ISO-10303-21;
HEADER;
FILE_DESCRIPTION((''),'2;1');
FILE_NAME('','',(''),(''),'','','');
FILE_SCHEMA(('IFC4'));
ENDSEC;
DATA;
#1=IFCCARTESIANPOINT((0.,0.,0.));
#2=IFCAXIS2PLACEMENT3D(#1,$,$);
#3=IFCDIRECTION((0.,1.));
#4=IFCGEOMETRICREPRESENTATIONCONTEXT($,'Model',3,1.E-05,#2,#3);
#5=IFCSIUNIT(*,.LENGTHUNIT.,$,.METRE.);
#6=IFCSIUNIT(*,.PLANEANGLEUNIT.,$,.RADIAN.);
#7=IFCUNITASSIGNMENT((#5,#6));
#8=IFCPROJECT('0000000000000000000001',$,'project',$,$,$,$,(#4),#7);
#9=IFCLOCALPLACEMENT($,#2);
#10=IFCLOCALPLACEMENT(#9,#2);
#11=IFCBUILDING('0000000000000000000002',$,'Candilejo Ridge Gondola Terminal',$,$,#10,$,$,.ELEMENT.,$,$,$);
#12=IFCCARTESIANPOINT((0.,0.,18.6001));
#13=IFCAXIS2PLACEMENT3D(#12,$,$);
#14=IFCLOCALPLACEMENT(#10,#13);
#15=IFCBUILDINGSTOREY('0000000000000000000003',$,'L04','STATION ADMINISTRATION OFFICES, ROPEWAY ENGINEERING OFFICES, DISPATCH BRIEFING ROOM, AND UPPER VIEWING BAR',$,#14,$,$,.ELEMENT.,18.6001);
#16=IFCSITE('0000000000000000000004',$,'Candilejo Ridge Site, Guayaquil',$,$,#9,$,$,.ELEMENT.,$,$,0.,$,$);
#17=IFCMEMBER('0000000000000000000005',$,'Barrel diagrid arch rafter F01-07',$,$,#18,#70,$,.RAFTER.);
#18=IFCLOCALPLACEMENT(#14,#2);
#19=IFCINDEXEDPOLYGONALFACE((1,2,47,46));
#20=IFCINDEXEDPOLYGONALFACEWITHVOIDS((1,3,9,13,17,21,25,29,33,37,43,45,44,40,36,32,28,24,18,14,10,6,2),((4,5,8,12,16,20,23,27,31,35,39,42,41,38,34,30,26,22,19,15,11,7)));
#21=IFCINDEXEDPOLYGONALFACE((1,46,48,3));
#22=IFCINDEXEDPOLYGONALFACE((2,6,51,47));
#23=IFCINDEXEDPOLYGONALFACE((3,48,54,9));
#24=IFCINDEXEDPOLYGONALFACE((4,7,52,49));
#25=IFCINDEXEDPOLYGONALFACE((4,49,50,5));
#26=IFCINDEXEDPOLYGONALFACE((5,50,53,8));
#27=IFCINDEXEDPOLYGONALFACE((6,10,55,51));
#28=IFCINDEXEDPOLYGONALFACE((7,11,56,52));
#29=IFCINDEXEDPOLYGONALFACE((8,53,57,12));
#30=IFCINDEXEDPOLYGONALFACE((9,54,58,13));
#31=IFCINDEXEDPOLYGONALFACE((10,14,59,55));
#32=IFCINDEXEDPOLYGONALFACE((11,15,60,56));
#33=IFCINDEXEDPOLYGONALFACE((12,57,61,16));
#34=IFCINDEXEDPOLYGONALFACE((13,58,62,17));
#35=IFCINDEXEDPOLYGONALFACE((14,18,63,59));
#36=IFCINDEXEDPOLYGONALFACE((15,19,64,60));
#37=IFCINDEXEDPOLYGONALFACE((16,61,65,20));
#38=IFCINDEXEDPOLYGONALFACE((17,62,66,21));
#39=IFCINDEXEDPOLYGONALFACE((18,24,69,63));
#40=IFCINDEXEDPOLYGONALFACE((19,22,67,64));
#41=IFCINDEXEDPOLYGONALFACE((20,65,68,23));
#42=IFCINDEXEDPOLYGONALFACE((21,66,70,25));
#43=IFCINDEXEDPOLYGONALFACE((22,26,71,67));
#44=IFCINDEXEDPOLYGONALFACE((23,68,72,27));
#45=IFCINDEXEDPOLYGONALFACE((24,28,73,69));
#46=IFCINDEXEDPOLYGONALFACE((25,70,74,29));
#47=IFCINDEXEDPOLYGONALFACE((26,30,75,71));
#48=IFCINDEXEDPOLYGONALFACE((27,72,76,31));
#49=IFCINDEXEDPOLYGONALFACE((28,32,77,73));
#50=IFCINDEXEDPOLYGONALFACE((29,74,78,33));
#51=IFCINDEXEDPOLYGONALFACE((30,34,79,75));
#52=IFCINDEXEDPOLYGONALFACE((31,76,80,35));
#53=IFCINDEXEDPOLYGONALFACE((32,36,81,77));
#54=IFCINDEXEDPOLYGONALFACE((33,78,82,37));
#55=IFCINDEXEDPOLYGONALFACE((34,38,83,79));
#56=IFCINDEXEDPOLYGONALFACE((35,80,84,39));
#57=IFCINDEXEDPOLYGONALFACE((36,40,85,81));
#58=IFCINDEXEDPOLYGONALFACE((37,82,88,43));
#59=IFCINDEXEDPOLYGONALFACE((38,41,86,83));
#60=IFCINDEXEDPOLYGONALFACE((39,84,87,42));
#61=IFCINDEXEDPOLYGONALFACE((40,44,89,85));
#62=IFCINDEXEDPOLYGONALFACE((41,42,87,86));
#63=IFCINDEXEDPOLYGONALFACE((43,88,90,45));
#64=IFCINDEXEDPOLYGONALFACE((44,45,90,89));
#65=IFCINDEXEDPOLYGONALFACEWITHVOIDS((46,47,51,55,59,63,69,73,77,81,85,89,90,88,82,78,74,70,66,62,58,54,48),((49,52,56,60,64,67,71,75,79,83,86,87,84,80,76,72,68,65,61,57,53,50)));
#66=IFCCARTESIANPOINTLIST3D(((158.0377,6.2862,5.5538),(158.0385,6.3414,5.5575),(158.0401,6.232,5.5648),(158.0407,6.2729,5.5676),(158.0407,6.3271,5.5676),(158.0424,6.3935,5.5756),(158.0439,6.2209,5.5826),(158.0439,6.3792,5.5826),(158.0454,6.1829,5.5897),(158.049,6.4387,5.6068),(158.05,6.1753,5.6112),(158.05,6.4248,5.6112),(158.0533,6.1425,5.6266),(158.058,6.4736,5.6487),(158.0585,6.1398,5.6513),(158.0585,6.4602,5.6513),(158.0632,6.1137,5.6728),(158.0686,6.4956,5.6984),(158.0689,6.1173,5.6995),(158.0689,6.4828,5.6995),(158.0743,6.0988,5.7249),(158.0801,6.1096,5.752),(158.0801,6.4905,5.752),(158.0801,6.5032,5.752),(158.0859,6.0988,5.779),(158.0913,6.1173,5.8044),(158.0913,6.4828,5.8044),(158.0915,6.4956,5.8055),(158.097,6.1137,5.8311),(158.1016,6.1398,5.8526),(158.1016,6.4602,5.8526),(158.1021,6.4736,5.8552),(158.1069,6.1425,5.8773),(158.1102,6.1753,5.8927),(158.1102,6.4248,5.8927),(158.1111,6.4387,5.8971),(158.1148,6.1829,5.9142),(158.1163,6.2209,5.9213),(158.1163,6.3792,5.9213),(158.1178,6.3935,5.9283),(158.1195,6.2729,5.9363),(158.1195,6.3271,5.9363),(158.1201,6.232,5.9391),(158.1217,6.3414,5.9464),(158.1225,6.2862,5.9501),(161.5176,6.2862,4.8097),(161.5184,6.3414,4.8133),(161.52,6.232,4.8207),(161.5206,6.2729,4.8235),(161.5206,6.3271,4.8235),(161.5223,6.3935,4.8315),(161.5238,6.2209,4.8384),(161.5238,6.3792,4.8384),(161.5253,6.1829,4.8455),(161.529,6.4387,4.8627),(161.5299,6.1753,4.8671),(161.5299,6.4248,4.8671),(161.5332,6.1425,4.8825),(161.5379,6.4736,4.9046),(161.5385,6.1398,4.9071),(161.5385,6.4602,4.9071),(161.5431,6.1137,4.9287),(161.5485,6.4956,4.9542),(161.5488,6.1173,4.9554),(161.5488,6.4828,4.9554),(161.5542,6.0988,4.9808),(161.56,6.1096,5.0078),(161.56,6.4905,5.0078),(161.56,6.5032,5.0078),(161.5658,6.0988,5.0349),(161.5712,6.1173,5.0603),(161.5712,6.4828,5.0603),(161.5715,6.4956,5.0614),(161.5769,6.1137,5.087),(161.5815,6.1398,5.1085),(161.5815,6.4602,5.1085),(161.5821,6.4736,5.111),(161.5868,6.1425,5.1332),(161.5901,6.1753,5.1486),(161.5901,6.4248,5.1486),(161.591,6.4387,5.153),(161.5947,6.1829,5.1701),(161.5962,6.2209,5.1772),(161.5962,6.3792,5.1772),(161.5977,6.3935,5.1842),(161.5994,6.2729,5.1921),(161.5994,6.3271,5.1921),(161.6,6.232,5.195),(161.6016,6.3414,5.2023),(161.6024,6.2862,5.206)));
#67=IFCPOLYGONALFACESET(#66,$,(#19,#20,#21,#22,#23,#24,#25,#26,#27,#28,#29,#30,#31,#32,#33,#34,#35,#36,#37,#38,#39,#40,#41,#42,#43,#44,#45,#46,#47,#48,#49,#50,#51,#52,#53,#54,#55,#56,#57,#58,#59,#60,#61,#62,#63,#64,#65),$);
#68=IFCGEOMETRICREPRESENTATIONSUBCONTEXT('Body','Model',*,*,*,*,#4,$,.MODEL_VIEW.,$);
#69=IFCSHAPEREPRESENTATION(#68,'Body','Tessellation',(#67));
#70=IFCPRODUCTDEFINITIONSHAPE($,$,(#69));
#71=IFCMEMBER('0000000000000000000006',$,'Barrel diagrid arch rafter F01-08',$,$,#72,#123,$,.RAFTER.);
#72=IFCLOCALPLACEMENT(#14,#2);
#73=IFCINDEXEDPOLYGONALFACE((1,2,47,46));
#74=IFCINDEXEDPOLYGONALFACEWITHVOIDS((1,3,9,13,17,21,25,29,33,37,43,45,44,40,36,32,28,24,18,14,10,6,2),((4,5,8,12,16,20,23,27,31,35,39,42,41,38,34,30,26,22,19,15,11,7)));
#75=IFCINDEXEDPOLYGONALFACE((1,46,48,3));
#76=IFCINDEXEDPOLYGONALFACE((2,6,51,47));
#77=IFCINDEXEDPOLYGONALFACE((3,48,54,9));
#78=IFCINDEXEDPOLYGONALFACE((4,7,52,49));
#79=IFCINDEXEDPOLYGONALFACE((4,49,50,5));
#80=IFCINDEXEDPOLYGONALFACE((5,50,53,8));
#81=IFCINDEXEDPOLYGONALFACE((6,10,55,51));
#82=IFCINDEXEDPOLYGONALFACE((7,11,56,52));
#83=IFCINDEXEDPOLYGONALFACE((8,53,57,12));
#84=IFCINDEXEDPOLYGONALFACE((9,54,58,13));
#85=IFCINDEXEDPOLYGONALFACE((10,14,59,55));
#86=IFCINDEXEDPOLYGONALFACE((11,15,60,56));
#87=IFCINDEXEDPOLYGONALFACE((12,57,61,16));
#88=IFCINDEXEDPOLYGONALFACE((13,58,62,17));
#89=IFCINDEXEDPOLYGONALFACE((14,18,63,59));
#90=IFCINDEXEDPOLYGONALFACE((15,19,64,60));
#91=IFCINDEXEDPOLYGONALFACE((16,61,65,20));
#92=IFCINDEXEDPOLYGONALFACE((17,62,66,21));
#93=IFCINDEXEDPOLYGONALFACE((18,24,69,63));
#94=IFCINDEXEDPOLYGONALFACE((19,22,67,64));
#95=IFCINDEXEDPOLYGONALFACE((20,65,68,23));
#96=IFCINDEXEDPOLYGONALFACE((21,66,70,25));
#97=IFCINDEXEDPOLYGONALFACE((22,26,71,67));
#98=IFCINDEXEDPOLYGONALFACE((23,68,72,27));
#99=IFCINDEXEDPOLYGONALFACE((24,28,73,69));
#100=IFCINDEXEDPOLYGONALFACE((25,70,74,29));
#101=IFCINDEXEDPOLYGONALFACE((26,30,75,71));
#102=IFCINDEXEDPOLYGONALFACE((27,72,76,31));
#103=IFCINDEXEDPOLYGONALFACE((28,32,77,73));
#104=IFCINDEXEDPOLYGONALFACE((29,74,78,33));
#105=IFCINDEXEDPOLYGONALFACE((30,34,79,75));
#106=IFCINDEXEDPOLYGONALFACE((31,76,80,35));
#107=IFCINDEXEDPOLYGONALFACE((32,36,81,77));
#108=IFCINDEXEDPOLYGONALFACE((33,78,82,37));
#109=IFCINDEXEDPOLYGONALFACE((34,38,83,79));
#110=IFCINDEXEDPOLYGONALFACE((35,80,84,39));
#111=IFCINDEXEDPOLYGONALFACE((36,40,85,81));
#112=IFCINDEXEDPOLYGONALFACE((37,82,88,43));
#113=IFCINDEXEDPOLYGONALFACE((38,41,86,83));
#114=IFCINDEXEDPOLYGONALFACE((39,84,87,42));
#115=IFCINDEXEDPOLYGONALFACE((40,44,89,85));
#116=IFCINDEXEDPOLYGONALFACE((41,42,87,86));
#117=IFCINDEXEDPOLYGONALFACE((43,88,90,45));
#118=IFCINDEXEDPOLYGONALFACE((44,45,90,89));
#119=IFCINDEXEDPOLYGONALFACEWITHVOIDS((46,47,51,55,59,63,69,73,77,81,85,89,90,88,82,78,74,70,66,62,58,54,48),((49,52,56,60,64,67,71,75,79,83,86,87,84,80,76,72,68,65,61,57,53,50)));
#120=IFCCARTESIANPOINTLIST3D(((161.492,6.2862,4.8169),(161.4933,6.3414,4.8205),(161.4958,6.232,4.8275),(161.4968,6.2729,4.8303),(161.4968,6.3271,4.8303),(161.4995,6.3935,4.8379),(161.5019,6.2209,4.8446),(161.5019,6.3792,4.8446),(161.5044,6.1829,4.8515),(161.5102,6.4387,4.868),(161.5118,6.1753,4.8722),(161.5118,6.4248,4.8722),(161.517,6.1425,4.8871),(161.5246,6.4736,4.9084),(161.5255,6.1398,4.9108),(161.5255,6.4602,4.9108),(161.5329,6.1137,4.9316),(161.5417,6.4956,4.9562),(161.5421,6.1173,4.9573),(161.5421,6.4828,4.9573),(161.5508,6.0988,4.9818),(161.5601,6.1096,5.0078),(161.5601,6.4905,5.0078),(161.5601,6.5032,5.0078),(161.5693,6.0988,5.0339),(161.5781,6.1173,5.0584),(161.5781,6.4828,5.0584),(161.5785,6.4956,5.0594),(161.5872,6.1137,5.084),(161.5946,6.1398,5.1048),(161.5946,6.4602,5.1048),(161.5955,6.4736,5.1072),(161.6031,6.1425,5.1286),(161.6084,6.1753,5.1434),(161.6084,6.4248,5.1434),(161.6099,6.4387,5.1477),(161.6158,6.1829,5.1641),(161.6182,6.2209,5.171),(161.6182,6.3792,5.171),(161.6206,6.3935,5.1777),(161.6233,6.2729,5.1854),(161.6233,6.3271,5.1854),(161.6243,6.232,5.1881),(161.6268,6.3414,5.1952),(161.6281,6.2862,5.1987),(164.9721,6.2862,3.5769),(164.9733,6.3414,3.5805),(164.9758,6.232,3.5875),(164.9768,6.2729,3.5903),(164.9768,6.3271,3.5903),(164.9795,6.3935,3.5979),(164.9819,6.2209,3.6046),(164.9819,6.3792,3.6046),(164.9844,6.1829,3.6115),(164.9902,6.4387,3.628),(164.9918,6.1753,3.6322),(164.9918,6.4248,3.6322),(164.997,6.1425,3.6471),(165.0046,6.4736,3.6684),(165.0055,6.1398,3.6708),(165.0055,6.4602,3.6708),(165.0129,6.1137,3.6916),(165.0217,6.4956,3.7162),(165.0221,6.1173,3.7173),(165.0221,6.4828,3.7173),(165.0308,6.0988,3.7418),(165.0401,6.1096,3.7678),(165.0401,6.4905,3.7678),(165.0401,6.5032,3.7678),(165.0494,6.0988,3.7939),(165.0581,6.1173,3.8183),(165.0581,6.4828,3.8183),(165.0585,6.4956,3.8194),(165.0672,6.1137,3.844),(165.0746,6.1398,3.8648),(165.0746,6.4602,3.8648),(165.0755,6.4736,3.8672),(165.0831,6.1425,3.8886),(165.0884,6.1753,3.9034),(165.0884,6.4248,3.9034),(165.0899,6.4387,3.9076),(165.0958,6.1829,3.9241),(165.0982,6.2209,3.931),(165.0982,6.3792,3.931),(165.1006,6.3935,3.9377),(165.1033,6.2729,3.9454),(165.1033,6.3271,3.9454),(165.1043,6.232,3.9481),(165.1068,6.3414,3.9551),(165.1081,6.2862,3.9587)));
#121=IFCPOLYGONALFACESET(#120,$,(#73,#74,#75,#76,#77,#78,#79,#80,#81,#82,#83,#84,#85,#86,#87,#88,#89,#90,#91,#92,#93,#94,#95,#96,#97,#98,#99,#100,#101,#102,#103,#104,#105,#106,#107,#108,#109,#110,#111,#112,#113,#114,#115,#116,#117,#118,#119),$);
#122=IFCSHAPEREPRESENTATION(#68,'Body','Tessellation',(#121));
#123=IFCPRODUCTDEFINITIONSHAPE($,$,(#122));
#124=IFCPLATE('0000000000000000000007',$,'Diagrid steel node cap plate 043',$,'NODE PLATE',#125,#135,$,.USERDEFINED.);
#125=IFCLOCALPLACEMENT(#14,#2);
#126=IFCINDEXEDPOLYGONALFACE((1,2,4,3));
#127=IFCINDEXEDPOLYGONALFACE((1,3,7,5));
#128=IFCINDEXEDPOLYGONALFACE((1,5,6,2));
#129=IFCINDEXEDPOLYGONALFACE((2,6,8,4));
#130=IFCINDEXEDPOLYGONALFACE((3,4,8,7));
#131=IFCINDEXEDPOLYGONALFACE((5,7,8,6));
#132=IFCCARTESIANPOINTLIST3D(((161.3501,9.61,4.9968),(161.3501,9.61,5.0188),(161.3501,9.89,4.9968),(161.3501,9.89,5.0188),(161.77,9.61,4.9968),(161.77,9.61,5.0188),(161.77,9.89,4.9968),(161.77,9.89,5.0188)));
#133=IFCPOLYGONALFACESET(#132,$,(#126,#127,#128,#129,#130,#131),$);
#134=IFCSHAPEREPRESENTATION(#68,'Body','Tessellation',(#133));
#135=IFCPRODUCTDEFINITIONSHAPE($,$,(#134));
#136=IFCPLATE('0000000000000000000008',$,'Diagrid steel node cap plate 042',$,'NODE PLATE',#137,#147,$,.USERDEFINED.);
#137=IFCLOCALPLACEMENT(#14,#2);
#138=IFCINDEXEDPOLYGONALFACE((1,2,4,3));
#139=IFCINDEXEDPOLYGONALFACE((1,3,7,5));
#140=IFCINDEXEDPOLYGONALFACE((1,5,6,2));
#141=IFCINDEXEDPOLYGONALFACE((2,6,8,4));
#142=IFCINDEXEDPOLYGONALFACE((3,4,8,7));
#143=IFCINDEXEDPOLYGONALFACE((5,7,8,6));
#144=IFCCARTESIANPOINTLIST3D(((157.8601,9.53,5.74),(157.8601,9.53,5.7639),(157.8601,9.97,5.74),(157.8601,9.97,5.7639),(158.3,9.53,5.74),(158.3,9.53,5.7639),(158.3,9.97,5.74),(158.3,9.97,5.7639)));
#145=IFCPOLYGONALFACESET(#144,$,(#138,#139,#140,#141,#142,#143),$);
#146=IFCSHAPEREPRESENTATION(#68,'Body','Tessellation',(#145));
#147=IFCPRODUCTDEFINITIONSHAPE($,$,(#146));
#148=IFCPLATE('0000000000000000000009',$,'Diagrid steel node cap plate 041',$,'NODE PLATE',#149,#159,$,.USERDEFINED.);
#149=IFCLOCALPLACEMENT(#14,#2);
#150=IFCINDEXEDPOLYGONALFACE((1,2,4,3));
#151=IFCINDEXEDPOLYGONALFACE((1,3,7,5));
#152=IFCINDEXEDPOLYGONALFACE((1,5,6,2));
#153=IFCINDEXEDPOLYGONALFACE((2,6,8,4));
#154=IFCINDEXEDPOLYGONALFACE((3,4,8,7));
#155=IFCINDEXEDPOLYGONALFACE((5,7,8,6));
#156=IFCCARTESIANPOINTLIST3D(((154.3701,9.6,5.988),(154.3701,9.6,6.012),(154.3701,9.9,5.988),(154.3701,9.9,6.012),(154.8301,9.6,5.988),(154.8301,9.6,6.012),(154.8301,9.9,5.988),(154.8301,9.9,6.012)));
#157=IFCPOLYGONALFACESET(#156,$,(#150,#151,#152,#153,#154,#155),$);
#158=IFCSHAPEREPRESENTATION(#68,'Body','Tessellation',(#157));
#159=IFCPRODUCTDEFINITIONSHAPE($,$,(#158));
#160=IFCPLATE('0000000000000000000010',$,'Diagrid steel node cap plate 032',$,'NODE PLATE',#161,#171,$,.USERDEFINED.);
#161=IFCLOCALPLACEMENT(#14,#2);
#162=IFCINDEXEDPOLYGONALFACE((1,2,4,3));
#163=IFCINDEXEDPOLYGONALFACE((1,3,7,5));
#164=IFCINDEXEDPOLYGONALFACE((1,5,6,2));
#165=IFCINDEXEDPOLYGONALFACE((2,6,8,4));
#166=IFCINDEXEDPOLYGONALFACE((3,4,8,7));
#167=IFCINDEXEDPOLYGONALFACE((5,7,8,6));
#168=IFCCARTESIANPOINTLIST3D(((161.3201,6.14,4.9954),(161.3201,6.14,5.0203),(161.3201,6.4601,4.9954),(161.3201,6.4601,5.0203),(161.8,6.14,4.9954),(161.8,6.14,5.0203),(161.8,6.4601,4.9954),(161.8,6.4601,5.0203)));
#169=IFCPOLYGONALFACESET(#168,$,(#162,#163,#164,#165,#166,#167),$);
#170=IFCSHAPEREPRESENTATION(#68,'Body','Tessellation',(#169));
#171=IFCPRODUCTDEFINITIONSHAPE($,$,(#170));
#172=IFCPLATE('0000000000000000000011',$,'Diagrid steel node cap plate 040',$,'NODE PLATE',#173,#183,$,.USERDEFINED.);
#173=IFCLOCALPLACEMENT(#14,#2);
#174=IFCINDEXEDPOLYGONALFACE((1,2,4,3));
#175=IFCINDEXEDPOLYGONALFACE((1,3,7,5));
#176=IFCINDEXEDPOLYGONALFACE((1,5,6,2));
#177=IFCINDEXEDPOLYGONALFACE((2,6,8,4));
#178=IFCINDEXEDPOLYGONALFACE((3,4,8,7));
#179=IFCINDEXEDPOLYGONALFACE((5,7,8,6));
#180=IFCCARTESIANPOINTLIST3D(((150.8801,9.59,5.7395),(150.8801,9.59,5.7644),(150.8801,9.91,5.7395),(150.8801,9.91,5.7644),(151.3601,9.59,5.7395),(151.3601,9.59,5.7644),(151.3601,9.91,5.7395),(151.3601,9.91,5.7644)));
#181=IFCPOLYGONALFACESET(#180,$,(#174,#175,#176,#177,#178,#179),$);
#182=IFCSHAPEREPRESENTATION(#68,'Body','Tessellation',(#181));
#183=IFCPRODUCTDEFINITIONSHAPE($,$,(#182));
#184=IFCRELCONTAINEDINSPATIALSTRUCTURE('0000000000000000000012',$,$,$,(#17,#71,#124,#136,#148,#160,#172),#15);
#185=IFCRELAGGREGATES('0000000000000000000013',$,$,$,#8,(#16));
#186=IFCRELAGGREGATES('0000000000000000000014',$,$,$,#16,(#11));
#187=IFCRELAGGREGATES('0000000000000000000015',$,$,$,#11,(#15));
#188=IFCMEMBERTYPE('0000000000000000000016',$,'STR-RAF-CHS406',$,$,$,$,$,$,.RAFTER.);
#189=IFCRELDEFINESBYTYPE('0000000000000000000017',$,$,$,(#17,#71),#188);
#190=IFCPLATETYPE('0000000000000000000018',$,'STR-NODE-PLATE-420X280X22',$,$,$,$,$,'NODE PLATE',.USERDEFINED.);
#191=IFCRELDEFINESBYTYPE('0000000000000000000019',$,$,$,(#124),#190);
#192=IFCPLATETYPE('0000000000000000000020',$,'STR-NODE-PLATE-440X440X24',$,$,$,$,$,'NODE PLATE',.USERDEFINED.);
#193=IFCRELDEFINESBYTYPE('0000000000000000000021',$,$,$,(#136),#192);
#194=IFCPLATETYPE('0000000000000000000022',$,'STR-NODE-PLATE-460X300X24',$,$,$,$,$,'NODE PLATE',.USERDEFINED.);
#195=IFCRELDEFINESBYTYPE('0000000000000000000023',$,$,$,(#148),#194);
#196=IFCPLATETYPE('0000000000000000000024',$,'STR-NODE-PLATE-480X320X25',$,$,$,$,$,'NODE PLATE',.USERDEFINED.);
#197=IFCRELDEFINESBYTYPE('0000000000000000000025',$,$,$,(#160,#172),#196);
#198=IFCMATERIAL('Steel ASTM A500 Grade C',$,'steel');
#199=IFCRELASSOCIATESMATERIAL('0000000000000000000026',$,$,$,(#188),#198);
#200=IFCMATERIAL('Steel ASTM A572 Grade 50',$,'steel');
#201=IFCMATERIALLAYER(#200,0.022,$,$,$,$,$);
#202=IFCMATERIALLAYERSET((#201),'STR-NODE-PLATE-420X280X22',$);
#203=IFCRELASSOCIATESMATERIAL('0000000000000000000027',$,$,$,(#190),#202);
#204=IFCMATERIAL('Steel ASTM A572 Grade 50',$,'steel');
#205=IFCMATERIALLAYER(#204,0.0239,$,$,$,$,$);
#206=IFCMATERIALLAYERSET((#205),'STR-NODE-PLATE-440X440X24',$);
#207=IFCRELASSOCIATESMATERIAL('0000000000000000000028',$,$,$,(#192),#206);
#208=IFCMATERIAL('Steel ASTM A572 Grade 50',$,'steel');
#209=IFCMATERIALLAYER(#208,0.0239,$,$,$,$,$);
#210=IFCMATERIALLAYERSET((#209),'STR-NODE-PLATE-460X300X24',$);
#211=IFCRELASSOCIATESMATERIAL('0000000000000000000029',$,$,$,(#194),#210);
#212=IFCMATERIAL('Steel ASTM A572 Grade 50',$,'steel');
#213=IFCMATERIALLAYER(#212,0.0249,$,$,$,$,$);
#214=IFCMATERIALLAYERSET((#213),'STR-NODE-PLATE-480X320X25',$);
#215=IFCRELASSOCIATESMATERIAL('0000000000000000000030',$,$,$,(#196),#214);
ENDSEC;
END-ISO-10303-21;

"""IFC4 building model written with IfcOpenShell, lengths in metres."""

from ifc_helpers import new_model, si_unit, direction, frame, origin, origin_2d, place, context, subcontext, project, spatial, rectangle, hollow_circle, extrude, material, layer, layer_set, material_profile, profile_set, type_object, element, save


model = new_model("IFC4")

# Units and contexts
model_context = context("Model", 3, precision=1e-05, world=origin(), true_north=direction((0.0, 1.0)))
body_context = subcontext(model_context, "Body", "Model", "MODEL_VIEW")
ifc_project = project(units=[si_unit("LENGTHUNIT", "METRE"), si_unit("PLANEANGLEUNIT", "RADIAN")], contexts=[model_context])

# Site, building, storey
site_placement = place(None, origin())
site = spatial("IfcSite", under=ifc_project, at=site_placement, Name="Candilejo Ridge Site, Guayaquil", CompositionType="ELEMENT", RefElevation=0.0)
building_placement = place(site_placement, origin())
building = spatial("IfcBuilding", under=site, at=building_placement, Name="Candilejo Ridge Gondola Terminal", CompositionType="ELEMENT")
storey_placement = place(building_placement, frame((0.0, 0.0, 18.6001)))
storey = spatial("IfcBuildingStorey", under=building, at=storey_placement, Name="L04", Description="STATION ADMINISTRATION OFFICES, ROPEWAY ENGINEERING OFFICES, DISPATCH BRIEFING ROOM, AND UPPER VIEWING BAR", CompositionType="ELEMENT", Elevation=18.6001)

# Members
ifc_material_1 = material(Name="Steel ASTM A500 Grade C", Category="steel")
ifc_material_profile_1 = material_profile(ifc_material_1, hollow_circle(Radius=0.2031, WallThickness=0.0127, at=origin_2d()))
ifc_profile_set_1 = profile_set([ifc_material_profile_1], Name="Steel ASTM A500 Grade C")
member_type_1 = type_object("IfcMemberType", Name="STR-RAF-CHS406", PredefinedType="RAFTER", material=ifc_profile_set_1)
member_1_placement = place(storey_placement, frame((158.0801, 6.3, 5.752), z_axis=(0.977893, 0.0, -0.209107), x_axis=(0.0, 1.0, 0.0)))
element("IfcMember", 1, at=member_1_placement, inside=storey, type_object=member_type_1, Name="Barrel diagrid arch rafter F01-07", PredefinedType="RAFTER", context=body_context, shape_type="SweptSolid", body=[
    extrude(hollow_circle(Radius=0.2031, WallThickness=0.0127, at=origin_2d()), origin(), (0.0, 0.0, 1.0), 3.5586),
])
member_2_placement = place(storey_placement, frame((161.5601, 6.3, 5.0078), z_axis=(0.941987, 0.0, -0.33565), x_axis=(0.0, 1.0, 0.0)))
element("IfcMember", 2, at=member_2_placement, inside=storey, type_object=member_type_1, Name="Barrel diagrid arch rafter F01-08", PredefinedType="RAFTER", context=body_context, shape_type="SweptSolid", body=[
    extrude(hollow_circle(Radius=0.2031, WallThickness=0.0127, at=origin_2d()), origin(), (0.0, 0.0, 1.0), 3.6943),
])

# Plates
ifc_material_2 = material(Name="Steel ASTM A572 Grade 50", Category="steel")
ifc_layer_1 = layer(ifc_material_2, 0.022)
ifc_layer_set_1 = layer_set([ifc_layer_1], Name="STR-NODE-PLATE-420X280X22")
plate_type_1 = type_object("IfcPlateType", Name="STR-NODE-PLATE-420X280X22", ElementType="NODE PLATE", PredefinedType="USERDEFINED", material=ifc_layer_set_1)
plate_1_placement = place(storey_placement, frame((161.5601, 9.75, 4.9968), z_axis=(0.0, 0.0, 1.0), x_axis=(1.0, 0.0, 0.0)))
element("IfcPlate", 3, at=plate_1_placement, inside=storey, type_object=plate_type_1, Name="Diagrid steel node cap plate 043", ObjectType="NODE PLATE", PredefinedType="USERDEFINED", context=body_context, shape_type="SweptSolid", body=[
    extrude(rectangle(XDim=0.4199, YDim=0.28, at=origin_2d()), origin(), (0.0, 0.0, 1.0), 0.022),
])
ifc_material_3 = material(Name="Steel ASTM A572 Grade 50", Category="steel")
ifc_layer_2 = layer(ifc_material_3, 0.0239)
ifc_layer_set_2 = layer_set([ifc_layer_2], Name="STR-NODE-PLATE-440X440X24")
plate_type_2 = type_object("IfcPlateType", Name="STR-NODE-PLATE-440X440X24", ElementType="NODE PLATE", PredefinedType="USERDEFINED", material=ifc_layer_set_2)
plate_2_placement = place(storey_placement, frame((158.0801, 9.75, 5.74), z_axis=(0.0, 0.0, 1.0), x_axis=(1.0, 0.0, 0.0)))
element("IfcPlate", 4, at=plate_2_placement, inside=storey, type_object=plate_type_2, Name="Diagrid steel node cap plate 042", ObjectType="NODE PLATE", PredefinedType="USERDEFINED", context=body_context, shape_type="SweptSolid", body=[
    extrude(rectangle(XDim=0.4399, YDim=0.4399, at=origin_2d()), origin(), (0.0, 0.0, 1.0), 0.0239),
])
ifc_material_4 = material(Name="Steel ASTM A572 Grade 50", Category="steel")
ifc_layer_3 = layer(ifc_material_4, 0.0239)
ifc_layer_set_3 = layer_set([ifc_layer_3], Name="STR-NODE-PLATE-460X300X24")
plate_type_3 = type_object("IfcPlateType", Name="STR-NODE-PLATE-460X300X24", ElementType="NODE PLATE", PredefinedType="USERDEFINED", material=ifc_layer_set_3)
plate_3_placement = place(storey_placement, frame((154.6001, 9.75, 5.988), z_axis=(0.0, 0.0, 1.0), x_axis=(1.0, 0.0, 0.0)))
element("IfcPlate", 5, at=plate_3_placement, inside=storey, type_object=plate_type_3, Name="Diagrid steel node cap plate 041", ObjectType="NODE PLATE", PredefinedType="USERDEFINED", context=body_context, shape_type="SweptSolid", body=[
    extrude(rectangle(XDim=0.46, YDim=0.3, at=origin_2d()), origin(), (0.0, 0.0, 1.0), 0.0239),
])
ifc_material_5 = material(Name="Steel ASTM A572 Grade 50", Category="steel")
ifc_layer_4 = layer(ifc_material_5, 0.0249)
ifc_layer_set_4 = layer_set([ifc_layer_4], Name="STR-NODE-PLATE-480X320X25")
plate_type_4 = type_object("IfcPlateType", Name="STR-NODE-PLATE-480X320X25", ElementType="NODE PLATE", PredefinedType="USERDEFINED", material=ifc_layer_set_4)
for number, where, z_axis, x_axis, name in (
    (6, (161.5601, 6.3, 4.9954), (0.0, 0.0, 1.0), (1.0, 0.0, 0.0), "Diagrid steel node cap plate 032"),
    (7, (151.1201, 9.75, 5.7395), (0.0, 0.0, 1.0), (1.0, 0.0, 0.0), "Diagrid steel node cap plate 040"),
):
    element("IfcPlate", number, at=place(storey_placement, frame(where, z_axis=z_axis, x_axis=x_axis)), inside=storey, type_object=plate_type_4, Name=name, ObjectType="NODE PLATE", PredefinedType="USERDEFINED", context=body_context, shape_type="SweptSolid", body=[
        extrude(rectangle(XDim=0.48, YDim=0.3201, at=origin_2d()), origin(), (0.0, 0.0, 1.0), 0.0249),
    ])

save(model, "model.ifc")
